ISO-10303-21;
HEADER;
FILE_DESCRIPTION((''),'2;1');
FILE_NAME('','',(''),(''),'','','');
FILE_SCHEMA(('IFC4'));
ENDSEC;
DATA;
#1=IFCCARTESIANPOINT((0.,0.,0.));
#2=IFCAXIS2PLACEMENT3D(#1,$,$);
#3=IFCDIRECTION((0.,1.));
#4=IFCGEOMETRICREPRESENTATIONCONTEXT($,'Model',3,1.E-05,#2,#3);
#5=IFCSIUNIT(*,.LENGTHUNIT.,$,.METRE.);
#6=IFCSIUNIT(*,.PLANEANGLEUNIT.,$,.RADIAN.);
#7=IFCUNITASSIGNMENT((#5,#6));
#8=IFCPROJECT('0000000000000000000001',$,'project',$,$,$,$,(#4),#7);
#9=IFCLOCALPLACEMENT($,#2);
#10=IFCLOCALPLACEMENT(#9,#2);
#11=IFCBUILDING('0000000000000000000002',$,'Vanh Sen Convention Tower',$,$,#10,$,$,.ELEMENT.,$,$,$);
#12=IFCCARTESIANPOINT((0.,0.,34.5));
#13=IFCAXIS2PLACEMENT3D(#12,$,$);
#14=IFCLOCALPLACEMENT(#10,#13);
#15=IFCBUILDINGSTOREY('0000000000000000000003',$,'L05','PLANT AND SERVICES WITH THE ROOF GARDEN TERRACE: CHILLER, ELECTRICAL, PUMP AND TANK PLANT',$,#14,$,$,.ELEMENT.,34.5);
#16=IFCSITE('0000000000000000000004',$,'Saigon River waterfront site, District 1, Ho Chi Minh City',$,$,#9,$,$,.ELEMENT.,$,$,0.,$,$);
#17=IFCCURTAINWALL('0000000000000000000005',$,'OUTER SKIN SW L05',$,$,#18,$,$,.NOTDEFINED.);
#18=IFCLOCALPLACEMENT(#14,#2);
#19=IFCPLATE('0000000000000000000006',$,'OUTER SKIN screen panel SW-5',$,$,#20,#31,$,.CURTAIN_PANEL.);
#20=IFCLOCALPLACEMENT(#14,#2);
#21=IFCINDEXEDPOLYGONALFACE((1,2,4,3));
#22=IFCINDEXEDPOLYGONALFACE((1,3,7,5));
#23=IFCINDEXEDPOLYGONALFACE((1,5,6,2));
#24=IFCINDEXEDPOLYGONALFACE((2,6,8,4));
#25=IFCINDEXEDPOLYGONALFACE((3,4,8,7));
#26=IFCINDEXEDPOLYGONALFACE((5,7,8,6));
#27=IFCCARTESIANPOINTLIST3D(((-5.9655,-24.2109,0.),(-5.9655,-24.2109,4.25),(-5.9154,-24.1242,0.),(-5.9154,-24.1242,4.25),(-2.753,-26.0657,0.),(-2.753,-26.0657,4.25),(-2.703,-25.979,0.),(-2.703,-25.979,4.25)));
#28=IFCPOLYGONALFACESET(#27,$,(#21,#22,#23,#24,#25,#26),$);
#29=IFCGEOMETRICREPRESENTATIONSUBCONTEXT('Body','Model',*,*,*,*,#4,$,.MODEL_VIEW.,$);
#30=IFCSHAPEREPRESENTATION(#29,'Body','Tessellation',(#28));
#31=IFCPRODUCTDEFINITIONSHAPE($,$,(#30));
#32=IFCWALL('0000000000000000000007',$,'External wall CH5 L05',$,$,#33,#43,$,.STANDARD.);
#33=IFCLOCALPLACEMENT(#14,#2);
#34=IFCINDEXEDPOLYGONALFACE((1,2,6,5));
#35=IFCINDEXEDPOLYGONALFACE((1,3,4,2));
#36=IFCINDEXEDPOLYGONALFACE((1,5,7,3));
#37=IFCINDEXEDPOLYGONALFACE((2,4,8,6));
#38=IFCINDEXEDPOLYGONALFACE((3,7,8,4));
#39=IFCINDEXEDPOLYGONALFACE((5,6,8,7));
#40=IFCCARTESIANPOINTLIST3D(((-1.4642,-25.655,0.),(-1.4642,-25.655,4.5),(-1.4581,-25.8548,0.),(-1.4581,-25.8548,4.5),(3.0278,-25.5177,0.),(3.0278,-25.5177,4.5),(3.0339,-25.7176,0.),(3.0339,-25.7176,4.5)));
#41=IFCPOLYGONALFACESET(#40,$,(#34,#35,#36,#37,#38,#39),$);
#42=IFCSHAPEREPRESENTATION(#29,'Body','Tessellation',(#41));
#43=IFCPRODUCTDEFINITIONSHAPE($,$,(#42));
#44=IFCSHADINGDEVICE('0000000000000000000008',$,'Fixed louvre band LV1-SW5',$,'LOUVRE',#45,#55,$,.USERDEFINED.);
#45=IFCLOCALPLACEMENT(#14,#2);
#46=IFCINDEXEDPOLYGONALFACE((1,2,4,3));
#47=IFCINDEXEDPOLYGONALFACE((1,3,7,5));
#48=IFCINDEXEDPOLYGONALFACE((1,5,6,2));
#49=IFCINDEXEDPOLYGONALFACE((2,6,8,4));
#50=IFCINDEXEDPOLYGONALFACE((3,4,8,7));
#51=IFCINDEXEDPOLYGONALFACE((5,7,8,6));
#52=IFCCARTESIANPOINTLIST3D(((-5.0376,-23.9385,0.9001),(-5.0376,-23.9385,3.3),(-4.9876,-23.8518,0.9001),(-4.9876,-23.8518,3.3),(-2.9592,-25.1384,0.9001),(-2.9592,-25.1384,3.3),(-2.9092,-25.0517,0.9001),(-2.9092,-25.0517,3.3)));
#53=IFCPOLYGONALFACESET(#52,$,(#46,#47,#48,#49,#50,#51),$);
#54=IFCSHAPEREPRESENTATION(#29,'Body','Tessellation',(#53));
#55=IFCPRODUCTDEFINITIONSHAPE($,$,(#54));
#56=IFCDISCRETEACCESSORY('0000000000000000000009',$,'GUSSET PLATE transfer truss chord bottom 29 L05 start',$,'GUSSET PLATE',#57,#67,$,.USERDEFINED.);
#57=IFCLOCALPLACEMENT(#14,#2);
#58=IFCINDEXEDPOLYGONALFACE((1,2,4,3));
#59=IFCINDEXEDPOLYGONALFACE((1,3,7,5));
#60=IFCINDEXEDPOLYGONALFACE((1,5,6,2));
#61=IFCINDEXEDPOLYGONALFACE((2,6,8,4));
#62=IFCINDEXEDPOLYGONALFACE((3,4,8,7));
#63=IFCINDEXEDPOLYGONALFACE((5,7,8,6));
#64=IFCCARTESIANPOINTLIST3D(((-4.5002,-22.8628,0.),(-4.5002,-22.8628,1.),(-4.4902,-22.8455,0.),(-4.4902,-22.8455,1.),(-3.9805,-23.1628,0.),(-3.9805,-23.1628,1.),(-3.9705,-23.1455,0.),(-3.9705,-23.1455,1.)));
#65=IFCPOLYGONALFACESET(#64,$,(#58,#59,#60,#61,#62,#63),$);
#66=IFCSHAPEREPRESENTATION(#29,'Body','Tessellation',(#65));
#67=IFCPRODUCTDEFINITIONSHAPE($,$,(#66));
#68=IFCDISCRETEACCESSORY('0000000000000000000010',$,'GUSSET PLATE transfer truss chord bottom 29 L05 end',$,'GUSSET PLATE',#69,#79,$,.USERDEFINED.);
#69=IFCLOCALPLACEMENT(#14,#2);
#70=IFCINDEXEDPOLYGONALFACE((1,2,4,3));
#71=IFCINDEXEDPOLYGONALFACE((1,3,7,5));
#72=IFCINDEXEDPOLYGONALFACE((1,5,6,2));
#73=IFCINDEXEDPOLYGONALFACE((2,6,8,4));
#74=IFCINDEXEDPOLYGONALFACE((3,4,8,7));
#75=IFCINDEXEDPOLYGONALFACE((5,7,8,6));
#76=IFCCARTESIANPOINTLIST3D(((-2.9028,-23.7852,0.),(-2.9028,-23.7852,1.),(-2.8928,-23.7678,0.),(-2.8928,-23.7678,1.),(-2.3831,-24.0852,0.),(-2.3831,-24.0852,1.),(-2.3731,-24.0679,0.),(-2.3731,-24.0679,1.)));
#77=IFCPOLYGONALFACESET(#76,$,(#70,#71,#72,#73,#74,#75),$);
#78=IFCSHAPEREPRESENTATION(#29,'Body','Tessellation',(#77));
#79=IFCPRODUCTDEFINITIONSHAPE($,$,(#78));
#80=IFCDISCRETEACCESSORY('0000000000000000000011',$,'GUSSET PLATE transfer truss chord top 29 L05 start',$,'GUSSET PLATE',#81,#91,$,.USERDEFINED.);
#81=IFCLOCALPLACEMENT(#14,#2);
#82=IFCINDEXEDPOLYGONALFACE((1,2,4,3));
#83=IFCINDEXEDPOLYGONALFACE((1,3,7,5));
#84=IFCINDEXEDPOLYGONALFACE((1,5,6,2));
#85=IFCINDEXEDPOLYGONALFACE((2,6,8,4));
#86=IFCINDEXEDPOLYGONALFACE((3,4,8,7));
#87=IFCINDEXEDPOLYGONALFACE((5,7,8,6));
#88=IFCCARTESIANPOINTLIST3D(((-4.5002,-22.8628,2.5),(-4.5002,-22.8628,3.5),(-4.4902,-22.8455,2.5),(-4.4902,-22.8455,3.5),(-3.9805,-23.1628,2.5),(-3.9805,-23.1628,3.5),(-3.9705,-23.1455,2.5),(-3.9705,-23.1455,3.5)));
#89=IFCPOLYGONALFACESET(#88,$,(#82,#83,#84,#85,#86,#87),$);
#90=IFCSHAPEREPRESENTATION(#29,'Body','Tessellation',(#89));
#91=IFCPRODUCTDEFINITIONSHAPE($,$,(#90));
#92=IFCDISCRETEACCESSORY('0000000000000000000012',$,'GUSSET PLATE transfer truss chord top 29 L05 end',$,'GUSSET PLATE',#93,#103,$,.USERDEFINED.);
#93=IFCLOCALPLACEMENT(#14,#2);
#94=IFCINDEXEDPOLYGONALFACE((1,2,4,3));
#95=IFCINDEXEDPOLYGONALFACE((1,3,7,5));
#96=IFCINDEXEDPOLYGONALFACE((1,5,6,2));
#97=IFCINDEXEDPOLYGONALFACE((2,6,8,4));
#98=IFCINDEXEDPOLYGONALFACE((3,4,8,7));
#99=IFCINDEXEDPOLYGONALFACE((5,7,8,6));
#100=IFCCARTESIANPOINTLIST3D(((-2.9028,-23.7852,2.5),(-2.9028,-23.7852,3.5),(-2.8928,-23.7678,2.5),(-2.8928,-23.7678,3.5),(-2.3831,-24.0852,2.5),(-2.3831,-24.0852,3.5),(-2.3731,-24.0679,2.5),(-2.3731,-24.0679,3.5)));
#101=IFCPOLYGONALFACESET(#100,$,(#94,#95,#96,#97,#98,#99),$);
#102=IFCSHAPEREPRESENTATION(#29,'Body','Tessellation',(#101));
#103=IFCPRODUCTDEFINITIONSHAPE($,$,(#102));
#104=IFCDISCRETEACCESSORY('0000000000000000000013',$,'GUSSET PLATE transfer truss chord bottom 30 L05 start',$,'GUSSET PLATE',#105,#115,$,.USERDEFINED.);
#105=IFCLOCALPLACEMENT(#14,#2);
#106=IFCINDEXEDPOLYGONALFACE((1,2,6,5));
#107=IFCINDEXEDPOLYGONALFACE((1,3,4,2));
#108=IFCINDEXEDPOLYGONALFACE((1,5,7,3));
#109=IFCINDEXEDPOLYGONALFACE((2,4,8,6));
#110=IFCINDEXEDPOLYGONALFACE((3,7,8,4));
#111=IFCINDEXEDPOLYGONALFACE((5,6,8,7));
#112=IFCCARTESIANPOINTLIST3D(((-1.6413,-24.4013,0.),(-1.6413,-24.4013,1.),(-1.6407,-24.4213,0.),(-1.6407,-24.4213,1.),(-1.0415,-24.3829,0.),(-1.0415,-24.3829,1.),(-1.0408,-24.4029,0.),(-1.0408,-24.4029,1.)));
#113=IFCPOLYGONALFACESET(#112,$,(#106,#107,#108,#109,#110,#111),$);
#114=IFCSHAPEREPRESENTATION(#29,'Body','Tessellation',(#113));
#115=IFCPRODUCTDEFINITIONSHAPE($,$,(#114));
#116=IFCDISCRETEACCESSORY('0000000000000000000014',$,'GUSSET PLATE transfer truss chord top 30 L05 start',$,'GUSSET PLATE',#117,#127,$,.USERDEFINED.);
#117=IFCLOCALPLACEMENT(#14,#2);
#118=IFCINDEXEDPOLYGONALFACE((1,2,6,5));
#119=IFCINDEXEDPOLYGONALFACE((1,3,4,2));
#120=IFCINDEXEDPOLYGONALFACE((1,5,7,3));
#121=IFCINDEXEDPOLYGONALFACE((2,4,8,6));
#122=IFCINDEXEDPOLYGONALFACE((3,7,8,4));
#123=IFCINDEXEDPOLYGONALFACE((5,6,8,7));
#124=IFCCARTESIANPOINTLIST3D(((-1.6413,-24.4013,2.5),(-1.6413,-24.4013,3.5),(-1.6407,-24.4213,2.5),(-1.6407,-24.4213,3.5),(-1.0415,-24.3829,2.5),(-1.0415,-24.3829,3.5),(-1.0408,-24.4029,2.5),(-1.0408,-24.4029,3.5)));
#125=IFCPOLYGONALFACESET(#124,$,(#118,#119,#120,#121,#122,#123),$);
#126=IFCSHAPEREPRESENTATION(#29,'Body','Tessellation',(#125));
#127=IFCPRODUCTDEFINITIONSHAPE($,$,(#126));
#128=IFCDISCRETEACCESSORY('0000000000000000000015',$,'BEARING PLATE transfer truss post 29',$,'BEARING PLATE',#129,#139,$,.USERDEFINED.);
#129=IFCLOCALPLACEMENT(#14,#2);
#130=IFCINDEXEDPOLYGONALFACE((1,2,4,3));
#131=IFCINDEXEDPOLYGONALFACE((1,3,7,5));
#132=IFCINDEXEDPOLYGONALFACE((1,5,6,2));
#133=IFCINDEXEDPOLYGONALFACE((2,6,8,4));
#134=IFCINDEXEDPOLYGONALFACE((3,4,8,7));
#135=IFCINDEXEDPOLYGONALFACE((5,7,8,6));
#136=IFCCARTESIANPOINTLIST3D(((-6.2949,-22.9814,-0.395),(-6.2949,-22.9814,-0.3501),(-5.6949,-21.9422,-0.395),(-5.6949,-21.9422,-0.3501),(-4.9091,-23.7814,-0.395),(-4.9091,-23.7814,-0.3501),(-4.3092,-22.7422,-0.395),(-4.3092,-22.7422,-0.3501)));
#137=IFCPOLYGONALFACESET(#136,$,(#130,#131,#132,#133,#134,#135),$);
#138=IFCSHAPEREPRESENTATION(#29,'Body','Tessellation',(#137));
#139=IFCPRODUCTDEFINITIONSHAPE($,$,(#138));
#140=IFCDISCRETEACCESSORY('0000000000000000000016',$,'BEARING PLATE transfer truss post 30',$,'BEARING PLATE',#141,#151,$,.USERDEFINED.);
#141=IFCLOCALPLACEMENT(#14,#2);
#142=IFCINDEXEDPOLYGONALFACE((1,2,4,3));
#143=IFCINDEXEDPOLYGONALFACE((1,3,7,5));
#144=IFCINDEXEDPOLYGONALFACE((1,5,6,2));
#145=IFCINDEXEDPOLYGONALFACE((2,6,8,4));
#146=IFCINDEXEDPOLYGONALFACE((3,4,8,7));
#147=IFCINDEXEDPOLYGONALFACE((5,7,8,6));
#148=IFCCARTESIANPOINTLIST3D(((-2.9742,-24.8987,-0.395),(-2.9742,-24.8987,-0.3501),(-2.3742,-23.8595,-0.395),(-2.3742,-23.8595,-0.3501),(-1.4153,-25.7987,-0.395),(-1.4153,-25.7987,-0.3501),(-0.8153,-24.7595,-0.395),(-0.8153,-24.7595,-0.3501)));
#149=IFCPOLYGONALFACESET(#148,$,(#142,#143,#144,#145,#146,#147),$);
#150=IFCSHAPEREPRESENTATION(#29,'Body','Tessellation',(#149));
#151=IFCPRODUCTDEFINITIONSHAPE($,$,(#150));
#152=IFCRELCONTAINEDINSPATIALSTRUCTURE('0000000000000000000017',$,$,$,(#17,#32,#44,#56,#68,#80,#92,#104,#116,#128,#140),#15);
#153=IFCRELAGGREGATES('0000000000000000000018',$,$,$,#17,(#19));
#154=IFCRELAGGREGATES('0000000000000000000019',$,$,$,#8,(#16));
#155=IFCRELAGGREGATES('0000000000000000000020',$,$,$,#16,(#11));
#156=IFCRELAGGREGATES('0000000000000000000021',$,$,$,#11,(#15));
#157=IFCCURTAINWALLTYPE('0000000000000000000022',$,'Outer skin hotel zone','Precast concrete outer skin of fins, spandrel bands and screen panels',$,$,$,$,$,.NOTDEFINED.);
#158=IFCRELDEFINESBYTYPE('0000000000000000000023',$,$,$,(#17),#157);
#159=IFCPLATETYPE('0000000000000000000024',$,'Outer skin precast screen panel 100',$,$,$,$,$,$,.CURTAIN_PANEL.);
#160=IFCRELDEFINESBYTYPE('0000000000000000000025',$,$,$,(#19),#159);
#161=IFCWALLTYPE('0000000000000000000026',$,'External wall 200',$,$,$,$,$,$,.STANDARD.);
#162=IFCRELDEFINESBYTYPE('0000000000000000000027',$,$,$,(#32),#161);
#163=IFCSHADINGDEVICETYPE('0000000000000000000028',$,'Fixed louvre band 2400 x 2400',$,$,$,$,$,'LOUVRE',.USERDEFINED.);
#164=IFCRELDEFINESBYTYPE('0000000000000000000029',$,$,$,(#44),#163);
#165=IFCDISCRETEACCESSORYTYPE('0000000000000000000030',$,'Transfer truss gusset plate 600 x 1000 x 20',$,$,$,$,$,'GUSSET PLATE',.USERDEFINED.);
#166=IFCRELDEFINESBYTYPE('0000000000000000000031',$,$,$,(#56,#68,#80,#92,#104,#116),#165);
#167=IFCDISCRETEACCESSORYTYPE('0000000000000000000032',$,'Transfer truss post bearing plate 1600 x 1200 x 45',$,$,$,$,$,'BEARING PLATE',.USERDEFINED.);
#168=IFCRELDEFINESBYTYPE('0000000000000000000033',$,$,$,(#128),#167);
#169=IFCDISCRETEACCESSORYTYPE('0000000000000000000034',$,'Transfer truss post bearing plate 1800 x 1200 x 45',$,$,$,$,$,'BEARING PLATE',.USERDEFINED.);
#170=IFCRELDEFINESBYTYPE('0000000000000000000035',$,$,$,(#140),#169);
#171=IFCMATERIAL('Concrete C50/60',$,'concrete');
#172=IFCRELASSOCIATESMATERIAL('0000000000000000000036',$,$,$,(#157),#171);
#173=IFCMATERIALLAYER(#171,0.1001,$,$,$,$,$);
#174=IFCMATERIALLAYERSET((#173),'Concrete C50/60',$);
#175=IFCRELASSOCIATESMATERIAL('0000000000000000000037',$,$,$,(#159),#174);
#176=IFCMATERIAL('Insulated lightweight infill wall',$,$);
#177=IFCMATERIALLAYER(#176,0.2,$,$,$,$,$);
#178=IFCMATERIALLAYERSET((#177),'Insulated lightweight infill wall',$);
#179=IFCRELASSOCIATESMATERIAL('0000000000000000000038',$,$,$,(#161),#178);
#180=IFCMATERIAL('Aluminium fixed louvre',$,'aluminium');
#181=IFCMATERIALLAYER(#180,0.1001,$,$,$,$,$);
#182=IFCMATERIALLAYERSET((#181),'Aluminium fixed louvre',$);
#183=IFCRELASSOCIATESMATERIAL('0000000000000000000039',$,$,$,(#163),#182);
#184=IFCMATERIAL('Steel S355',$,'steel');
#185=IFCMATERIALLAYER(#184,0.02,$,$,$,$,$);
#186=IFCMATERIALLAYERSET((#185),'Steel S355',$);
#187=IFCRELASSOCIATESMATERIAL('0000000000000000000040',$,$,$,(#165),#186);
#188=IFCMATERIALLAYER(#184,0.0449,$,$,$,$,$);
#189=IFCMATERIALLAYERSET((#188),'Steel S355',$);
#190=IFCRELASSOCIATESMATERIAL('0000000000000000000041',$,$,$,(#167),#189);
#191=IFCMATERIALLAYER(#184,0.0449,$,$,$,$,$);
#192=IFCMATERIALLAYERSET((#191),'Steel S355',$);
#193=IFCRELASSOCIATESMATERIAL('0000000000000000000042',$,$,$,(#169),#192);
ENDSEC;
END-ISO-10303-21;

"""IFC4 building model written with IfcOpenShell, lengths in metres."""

from ifc_helpers import new_model, si_unit, direction, frame, frame_2d, origin, origin_2d, place, context, subcontext, project, spatial, rectangle, extrude, material, layer, layer_set, type_object, element, aggregate, save


model = new_model("IFC4")

# Units and contexts
model_context = context("Model", 3, precision=1e-05, world=origin(), true_north=direction((0.0, 1.0)))
body_context = subcontext(model_context, "Body", "Model", "MODEL_VIEW")
ifc_project = project(units=[si_unit("LENGTHUNIT", "METRE"), si_unit("PLANEANGLEUNIT", "RADIAN")], contexts=[model_context])

# Site, building, storey
site_placement = place(None, origin())
site = spatial("IfcSite", under=ifc_project, at=site_placement, Name="Saigon River waterfront site, District 1, Ho Chi Minh City", CompositionType="ELEMENT", RefElevation=0.0)
building_placement = place(site_placement, origin())
building = spatial("IfcBuilding", under=site, at=building_placement, Name="Vanh Sen Convention Tower", CompositionType="ELEMENT")
storey_placement = place(building_placement, frame((0.0, 0.0, 34.5)))
storey = spatial("IfcBuildingStorey", under=building, at=storey_placement, Name="L05", Description="PLANT AND SERVICES WITH THE ROOF GARDEN TERRACE: CHILLER, ELECTRICAL, PUMP AND TANK PLANT", CompositionType="ELEMENT", Elevation=34.5)

# Curtain wall
ifc_material_1 = material(Name="Concrete C50/60", Category="concrete")
curtain_wall_type = type_object("IfcCurtainWallType", Name="Outer skin hotel zone", Description="Precast concrete outer skin of fins, spandrel bands and screen panels", PredefinedType="NOTDEFINED", material=ifc_material_1)
curtain_wall_1_placement = place(storey_placement, origin())
curtain_wall_1 = element("IfcCurtainWall", 1, at=curtain_wall_1_placement, inside=storey, type_object=curtain_wall_type, Name="OUTER SKIN SW L05", PredefinedType="NOTDEFINED")

# Shared definitions
ifc_material_2 = material(Name="Steel S355", Category="steel")

# Plate
ifc_layer_1 = layer(ifc_material_1, 0.1001)
ifc_layer_set_1 = layer_set([ifc_layer_1], Name="Concrete C50/60")
plate_type = type_object("IfcPlateType", Name="Outer skin precast screen panel 100", PredefinedType="CURTAIN_PANEL", material=ifc_layer_set_1)
plate_placement = place(storey_placement, frame((-4.3342, -25.095, 0.0), z_axis=(0.0, 0.0, 1.0), x_axis=(0.866021, -0.500008, 0.0)))
plate = element("IfcPlate", 2, at=plate_placement, type_object=plate_type, Name="OUTER SKIN screen panel SW-5", PredefinedType="CURTAIN_PANEL", context=body_context, shape_type="SweptSolid", body=[
    extrude(rectangle(XDim=3.7095, YDim=0.1001, at=origin_2d()), origin(), (0.0, 0.0, 1.0), 4.25),
])
aggregate(curtain_wall_1, [plate])

# Wall
ifc_material_3 = material(Name="Insulated lightweight infill wall")
ifc_layer_2 = layer(ifc_material_3, 0.2)
ifc_layer_set_2 = layer_set([ifc_layer_2], Name="Insulated lightweight infill wall")
wall_type = type_object("IfcWallType", Name="External wall 200", PredefinedType="STANDARD", material=ifc_layer_set_2)
wall_placement = place(storey_placement, frame((-1.4612, -25.7549, 0.0), z_axis=(0.0, 0.0, 1.0), x_axis=(0.999534, 0.030531, 0.0)))
element("IfcWall", 3, at=wall_placement, inside=storey, type_object=wall_type, Name="External wall CH5 L05", PredefinedType="STANDARD", context=body_context, shape_type="SweptSolid", body=[
    extrude(rectangle(XDim=4.4941, YDim=0.2, at=frame_2d((2.2471, 0.0))), origin(), (0.0, 0.0, 1.0), 4.5),
])

# Shading device
ifc_material_4 = material(Name="Aluminium fixed louvre", Category="aluminium")
ifc_layer_3 = layer(ifc_material_4, 0.1001)
ifc_layer_set_3 = layer_set([ifc_layer_3], Name="Aluminium fixed louvre")
shading_device_type = type_object("IfcShadingDeviceType", Name="Fixed louvre band 2400 x 2400", ElementType="LOUVRE", PredefinedType="USERDEFINED", material=ifc_layer_set_3)
shading_device_placement = place(storey_placement, frame((-3.9734, -24.4951, 0.9001), z_axis=(0.0, 0.0, 1.0), x_axis=(0.866027, -0.499997, 0.0)))
element("IfcShadingDevice", 4, at=shading_device_placement, inside=storey, type_object=shading_device_type, Name="Fixed louvre band LV1-SW5", ObjectType="LOUVRE", PredefinedType="USERDEFINED", context=body_context, shape_type="SweptSolid", body=[
    extrude(rectangle(XDim=2.3999, YDim=0.1001, at=origin_2d()), origin(), (0.0, 0.0, 1.0), 2.3999),
])

# Discrete accessories
ifc_layer_4 = layer(ifc_material_2, 0.02)
ifc_layer_set_4 = layer_set([ifc_layer_4], Name="Steel S355")
discrete_accessory_type_1 = type_object("IfcDiscreteAccessoryType", Name="Transfer truss gusset plate 600 x 1000 x 20", ElementType="GUSSET PLATE", PredefinedType="USERDEFINED", material=ifc_layer_set_4)
for number, where, z_axis, x_axis, name in (
    (5, (-4.2354, -23.0042, 0.0), (0.0, 0.0, 1.0), (0.866021, -0.500008, 0.0), "GUSSET PLATE transfer truss chord bottom 29 L05 start"),
    (6, (-2.6379, -23.9265, 0.0), (0.0, 0.0, 1.0), (-0.866021, 0.500008, 0.0), "GUSSET PLATE transfer truss chord bottom 29 L05 end"),
    (7, (-4.2354, -23.0042, 2.5), (0.0, 0.0, 1.0), (0.866021, -0.500008, 0.0), "GUSSET PLATE transfer truss chord top 29 L05 start"),
    (8, (-2.6379, -23.9265, 2.5), (0.0, 0.0, 1.0), (-0.866021, 0.500008, 0.0), "GUSSET PLATE transfer truss chord top 29 L05 end"),
    (9, (-1.3411, -24.4021, 0.0), (0.0, 0.0, 1.0), (0.999533, 0.030542, 0.0), "GUSSET PLATE transfer truss chord bottom 30 L05 start"),
    (10, (-1.3411, -24.4021, 2.5), (0.0, 0.0, 1.0), (0.999533, 0.030542, 0.0), "GUSSET PLATE transfer truss chord top 30 L05 start"),
):
    element("IfcDiscreteAccessory", number, at=place(storey_placement, frame(where, z_axis=z_axis, x_axis=x_axis)), inside=storey, type_object=discrete_accessory_type_1, Name=name, ObjectType="GUSSET PLATE", PredefinedType="USERDEFINED", context=body_context, shape_type="SweptSolid", body=[
        extrude(rectangle(XDim=0.6001, YDim=0.02, at=origin_2d()), origin(), (0.0, 0.0, 1.0), 1.0),
    ])
ifc_layer_5 = layer(ifc_material_2, 0.0449)
ifc_layer_set_5 = layer_set([ifc_layer_5], Name="Steel S355")
discrete_accessory_type_2 = type_object("IfcDiscreteAccessoryType", Name="Transfer truss post bearing plate 1600 x 1200 x 45", ElementType="BEARING PLATE", PredefinedType="USERDEFINED", material=ifc_layer_set_5)
discrete_accessory_1_placement = place(storey_placement, frame((-5.302, -22.8618, -0.395), z_axis=(0.0, 0.0, 1.0), x_axis=(0.866025, -0.5, 0.0)))
element("IfcDiscreteAccessory", 11, at=discrete_accessory_1_placement, inside=storey, type_object=discrete_accessory_type_2, Name="BEARING PLATE transfer truss post 29", ObjectType="BEARING PLATE", PredefinedType="USERDEFINED", context=body_context, shape_type="SweptSolid", body=[
    extrude(rectangle(XDim=1.6001, YDim=1.2, at=origin_2d()), origin(), (0.0, 0.0, 1.0), 0.0449),
])
ifc_layer_6 = layer(ifc_material_2, 0.0449)
ifc_layer_set_6 = layer_set([ifc_layer_6], Name="Steel S355")
discrete_accessory_type_3 = type_object("IfcDiscreteAccessoryType", Name="Transfer truss post bearing plate 1800 x 1200 x 45", ElementType="BEARING PLATE", PredefinedType="USERDEFINED", material=ifc_layer_set_6)
discrete_accessory_2_placement = place(storey_placement, frame((-1.8948, -24.8291, -0.395), z_axis=(0.0, 0.0, 1.0), x_axis=(0.866025, -0.5, 0.0)))
element("IfcDiscreteAccessory", 12, at=discrete_accessory_2_placement, inside=storey, type_object=discrete_accessory_type_3, Name="BEARING PLATE transfer truss post 30", ObjectType="BEARING PLATE", PredefinedType="USERDEFINED", context=body_context, shape_type="SweptSolid", body=[
    extrude(rectangle(XDim=1.8, YDim=1.2, at=origin_2d()), origin(), (0.0, 0.0, 1.0), 0.0449),
])

save(model, "model.ifc")
